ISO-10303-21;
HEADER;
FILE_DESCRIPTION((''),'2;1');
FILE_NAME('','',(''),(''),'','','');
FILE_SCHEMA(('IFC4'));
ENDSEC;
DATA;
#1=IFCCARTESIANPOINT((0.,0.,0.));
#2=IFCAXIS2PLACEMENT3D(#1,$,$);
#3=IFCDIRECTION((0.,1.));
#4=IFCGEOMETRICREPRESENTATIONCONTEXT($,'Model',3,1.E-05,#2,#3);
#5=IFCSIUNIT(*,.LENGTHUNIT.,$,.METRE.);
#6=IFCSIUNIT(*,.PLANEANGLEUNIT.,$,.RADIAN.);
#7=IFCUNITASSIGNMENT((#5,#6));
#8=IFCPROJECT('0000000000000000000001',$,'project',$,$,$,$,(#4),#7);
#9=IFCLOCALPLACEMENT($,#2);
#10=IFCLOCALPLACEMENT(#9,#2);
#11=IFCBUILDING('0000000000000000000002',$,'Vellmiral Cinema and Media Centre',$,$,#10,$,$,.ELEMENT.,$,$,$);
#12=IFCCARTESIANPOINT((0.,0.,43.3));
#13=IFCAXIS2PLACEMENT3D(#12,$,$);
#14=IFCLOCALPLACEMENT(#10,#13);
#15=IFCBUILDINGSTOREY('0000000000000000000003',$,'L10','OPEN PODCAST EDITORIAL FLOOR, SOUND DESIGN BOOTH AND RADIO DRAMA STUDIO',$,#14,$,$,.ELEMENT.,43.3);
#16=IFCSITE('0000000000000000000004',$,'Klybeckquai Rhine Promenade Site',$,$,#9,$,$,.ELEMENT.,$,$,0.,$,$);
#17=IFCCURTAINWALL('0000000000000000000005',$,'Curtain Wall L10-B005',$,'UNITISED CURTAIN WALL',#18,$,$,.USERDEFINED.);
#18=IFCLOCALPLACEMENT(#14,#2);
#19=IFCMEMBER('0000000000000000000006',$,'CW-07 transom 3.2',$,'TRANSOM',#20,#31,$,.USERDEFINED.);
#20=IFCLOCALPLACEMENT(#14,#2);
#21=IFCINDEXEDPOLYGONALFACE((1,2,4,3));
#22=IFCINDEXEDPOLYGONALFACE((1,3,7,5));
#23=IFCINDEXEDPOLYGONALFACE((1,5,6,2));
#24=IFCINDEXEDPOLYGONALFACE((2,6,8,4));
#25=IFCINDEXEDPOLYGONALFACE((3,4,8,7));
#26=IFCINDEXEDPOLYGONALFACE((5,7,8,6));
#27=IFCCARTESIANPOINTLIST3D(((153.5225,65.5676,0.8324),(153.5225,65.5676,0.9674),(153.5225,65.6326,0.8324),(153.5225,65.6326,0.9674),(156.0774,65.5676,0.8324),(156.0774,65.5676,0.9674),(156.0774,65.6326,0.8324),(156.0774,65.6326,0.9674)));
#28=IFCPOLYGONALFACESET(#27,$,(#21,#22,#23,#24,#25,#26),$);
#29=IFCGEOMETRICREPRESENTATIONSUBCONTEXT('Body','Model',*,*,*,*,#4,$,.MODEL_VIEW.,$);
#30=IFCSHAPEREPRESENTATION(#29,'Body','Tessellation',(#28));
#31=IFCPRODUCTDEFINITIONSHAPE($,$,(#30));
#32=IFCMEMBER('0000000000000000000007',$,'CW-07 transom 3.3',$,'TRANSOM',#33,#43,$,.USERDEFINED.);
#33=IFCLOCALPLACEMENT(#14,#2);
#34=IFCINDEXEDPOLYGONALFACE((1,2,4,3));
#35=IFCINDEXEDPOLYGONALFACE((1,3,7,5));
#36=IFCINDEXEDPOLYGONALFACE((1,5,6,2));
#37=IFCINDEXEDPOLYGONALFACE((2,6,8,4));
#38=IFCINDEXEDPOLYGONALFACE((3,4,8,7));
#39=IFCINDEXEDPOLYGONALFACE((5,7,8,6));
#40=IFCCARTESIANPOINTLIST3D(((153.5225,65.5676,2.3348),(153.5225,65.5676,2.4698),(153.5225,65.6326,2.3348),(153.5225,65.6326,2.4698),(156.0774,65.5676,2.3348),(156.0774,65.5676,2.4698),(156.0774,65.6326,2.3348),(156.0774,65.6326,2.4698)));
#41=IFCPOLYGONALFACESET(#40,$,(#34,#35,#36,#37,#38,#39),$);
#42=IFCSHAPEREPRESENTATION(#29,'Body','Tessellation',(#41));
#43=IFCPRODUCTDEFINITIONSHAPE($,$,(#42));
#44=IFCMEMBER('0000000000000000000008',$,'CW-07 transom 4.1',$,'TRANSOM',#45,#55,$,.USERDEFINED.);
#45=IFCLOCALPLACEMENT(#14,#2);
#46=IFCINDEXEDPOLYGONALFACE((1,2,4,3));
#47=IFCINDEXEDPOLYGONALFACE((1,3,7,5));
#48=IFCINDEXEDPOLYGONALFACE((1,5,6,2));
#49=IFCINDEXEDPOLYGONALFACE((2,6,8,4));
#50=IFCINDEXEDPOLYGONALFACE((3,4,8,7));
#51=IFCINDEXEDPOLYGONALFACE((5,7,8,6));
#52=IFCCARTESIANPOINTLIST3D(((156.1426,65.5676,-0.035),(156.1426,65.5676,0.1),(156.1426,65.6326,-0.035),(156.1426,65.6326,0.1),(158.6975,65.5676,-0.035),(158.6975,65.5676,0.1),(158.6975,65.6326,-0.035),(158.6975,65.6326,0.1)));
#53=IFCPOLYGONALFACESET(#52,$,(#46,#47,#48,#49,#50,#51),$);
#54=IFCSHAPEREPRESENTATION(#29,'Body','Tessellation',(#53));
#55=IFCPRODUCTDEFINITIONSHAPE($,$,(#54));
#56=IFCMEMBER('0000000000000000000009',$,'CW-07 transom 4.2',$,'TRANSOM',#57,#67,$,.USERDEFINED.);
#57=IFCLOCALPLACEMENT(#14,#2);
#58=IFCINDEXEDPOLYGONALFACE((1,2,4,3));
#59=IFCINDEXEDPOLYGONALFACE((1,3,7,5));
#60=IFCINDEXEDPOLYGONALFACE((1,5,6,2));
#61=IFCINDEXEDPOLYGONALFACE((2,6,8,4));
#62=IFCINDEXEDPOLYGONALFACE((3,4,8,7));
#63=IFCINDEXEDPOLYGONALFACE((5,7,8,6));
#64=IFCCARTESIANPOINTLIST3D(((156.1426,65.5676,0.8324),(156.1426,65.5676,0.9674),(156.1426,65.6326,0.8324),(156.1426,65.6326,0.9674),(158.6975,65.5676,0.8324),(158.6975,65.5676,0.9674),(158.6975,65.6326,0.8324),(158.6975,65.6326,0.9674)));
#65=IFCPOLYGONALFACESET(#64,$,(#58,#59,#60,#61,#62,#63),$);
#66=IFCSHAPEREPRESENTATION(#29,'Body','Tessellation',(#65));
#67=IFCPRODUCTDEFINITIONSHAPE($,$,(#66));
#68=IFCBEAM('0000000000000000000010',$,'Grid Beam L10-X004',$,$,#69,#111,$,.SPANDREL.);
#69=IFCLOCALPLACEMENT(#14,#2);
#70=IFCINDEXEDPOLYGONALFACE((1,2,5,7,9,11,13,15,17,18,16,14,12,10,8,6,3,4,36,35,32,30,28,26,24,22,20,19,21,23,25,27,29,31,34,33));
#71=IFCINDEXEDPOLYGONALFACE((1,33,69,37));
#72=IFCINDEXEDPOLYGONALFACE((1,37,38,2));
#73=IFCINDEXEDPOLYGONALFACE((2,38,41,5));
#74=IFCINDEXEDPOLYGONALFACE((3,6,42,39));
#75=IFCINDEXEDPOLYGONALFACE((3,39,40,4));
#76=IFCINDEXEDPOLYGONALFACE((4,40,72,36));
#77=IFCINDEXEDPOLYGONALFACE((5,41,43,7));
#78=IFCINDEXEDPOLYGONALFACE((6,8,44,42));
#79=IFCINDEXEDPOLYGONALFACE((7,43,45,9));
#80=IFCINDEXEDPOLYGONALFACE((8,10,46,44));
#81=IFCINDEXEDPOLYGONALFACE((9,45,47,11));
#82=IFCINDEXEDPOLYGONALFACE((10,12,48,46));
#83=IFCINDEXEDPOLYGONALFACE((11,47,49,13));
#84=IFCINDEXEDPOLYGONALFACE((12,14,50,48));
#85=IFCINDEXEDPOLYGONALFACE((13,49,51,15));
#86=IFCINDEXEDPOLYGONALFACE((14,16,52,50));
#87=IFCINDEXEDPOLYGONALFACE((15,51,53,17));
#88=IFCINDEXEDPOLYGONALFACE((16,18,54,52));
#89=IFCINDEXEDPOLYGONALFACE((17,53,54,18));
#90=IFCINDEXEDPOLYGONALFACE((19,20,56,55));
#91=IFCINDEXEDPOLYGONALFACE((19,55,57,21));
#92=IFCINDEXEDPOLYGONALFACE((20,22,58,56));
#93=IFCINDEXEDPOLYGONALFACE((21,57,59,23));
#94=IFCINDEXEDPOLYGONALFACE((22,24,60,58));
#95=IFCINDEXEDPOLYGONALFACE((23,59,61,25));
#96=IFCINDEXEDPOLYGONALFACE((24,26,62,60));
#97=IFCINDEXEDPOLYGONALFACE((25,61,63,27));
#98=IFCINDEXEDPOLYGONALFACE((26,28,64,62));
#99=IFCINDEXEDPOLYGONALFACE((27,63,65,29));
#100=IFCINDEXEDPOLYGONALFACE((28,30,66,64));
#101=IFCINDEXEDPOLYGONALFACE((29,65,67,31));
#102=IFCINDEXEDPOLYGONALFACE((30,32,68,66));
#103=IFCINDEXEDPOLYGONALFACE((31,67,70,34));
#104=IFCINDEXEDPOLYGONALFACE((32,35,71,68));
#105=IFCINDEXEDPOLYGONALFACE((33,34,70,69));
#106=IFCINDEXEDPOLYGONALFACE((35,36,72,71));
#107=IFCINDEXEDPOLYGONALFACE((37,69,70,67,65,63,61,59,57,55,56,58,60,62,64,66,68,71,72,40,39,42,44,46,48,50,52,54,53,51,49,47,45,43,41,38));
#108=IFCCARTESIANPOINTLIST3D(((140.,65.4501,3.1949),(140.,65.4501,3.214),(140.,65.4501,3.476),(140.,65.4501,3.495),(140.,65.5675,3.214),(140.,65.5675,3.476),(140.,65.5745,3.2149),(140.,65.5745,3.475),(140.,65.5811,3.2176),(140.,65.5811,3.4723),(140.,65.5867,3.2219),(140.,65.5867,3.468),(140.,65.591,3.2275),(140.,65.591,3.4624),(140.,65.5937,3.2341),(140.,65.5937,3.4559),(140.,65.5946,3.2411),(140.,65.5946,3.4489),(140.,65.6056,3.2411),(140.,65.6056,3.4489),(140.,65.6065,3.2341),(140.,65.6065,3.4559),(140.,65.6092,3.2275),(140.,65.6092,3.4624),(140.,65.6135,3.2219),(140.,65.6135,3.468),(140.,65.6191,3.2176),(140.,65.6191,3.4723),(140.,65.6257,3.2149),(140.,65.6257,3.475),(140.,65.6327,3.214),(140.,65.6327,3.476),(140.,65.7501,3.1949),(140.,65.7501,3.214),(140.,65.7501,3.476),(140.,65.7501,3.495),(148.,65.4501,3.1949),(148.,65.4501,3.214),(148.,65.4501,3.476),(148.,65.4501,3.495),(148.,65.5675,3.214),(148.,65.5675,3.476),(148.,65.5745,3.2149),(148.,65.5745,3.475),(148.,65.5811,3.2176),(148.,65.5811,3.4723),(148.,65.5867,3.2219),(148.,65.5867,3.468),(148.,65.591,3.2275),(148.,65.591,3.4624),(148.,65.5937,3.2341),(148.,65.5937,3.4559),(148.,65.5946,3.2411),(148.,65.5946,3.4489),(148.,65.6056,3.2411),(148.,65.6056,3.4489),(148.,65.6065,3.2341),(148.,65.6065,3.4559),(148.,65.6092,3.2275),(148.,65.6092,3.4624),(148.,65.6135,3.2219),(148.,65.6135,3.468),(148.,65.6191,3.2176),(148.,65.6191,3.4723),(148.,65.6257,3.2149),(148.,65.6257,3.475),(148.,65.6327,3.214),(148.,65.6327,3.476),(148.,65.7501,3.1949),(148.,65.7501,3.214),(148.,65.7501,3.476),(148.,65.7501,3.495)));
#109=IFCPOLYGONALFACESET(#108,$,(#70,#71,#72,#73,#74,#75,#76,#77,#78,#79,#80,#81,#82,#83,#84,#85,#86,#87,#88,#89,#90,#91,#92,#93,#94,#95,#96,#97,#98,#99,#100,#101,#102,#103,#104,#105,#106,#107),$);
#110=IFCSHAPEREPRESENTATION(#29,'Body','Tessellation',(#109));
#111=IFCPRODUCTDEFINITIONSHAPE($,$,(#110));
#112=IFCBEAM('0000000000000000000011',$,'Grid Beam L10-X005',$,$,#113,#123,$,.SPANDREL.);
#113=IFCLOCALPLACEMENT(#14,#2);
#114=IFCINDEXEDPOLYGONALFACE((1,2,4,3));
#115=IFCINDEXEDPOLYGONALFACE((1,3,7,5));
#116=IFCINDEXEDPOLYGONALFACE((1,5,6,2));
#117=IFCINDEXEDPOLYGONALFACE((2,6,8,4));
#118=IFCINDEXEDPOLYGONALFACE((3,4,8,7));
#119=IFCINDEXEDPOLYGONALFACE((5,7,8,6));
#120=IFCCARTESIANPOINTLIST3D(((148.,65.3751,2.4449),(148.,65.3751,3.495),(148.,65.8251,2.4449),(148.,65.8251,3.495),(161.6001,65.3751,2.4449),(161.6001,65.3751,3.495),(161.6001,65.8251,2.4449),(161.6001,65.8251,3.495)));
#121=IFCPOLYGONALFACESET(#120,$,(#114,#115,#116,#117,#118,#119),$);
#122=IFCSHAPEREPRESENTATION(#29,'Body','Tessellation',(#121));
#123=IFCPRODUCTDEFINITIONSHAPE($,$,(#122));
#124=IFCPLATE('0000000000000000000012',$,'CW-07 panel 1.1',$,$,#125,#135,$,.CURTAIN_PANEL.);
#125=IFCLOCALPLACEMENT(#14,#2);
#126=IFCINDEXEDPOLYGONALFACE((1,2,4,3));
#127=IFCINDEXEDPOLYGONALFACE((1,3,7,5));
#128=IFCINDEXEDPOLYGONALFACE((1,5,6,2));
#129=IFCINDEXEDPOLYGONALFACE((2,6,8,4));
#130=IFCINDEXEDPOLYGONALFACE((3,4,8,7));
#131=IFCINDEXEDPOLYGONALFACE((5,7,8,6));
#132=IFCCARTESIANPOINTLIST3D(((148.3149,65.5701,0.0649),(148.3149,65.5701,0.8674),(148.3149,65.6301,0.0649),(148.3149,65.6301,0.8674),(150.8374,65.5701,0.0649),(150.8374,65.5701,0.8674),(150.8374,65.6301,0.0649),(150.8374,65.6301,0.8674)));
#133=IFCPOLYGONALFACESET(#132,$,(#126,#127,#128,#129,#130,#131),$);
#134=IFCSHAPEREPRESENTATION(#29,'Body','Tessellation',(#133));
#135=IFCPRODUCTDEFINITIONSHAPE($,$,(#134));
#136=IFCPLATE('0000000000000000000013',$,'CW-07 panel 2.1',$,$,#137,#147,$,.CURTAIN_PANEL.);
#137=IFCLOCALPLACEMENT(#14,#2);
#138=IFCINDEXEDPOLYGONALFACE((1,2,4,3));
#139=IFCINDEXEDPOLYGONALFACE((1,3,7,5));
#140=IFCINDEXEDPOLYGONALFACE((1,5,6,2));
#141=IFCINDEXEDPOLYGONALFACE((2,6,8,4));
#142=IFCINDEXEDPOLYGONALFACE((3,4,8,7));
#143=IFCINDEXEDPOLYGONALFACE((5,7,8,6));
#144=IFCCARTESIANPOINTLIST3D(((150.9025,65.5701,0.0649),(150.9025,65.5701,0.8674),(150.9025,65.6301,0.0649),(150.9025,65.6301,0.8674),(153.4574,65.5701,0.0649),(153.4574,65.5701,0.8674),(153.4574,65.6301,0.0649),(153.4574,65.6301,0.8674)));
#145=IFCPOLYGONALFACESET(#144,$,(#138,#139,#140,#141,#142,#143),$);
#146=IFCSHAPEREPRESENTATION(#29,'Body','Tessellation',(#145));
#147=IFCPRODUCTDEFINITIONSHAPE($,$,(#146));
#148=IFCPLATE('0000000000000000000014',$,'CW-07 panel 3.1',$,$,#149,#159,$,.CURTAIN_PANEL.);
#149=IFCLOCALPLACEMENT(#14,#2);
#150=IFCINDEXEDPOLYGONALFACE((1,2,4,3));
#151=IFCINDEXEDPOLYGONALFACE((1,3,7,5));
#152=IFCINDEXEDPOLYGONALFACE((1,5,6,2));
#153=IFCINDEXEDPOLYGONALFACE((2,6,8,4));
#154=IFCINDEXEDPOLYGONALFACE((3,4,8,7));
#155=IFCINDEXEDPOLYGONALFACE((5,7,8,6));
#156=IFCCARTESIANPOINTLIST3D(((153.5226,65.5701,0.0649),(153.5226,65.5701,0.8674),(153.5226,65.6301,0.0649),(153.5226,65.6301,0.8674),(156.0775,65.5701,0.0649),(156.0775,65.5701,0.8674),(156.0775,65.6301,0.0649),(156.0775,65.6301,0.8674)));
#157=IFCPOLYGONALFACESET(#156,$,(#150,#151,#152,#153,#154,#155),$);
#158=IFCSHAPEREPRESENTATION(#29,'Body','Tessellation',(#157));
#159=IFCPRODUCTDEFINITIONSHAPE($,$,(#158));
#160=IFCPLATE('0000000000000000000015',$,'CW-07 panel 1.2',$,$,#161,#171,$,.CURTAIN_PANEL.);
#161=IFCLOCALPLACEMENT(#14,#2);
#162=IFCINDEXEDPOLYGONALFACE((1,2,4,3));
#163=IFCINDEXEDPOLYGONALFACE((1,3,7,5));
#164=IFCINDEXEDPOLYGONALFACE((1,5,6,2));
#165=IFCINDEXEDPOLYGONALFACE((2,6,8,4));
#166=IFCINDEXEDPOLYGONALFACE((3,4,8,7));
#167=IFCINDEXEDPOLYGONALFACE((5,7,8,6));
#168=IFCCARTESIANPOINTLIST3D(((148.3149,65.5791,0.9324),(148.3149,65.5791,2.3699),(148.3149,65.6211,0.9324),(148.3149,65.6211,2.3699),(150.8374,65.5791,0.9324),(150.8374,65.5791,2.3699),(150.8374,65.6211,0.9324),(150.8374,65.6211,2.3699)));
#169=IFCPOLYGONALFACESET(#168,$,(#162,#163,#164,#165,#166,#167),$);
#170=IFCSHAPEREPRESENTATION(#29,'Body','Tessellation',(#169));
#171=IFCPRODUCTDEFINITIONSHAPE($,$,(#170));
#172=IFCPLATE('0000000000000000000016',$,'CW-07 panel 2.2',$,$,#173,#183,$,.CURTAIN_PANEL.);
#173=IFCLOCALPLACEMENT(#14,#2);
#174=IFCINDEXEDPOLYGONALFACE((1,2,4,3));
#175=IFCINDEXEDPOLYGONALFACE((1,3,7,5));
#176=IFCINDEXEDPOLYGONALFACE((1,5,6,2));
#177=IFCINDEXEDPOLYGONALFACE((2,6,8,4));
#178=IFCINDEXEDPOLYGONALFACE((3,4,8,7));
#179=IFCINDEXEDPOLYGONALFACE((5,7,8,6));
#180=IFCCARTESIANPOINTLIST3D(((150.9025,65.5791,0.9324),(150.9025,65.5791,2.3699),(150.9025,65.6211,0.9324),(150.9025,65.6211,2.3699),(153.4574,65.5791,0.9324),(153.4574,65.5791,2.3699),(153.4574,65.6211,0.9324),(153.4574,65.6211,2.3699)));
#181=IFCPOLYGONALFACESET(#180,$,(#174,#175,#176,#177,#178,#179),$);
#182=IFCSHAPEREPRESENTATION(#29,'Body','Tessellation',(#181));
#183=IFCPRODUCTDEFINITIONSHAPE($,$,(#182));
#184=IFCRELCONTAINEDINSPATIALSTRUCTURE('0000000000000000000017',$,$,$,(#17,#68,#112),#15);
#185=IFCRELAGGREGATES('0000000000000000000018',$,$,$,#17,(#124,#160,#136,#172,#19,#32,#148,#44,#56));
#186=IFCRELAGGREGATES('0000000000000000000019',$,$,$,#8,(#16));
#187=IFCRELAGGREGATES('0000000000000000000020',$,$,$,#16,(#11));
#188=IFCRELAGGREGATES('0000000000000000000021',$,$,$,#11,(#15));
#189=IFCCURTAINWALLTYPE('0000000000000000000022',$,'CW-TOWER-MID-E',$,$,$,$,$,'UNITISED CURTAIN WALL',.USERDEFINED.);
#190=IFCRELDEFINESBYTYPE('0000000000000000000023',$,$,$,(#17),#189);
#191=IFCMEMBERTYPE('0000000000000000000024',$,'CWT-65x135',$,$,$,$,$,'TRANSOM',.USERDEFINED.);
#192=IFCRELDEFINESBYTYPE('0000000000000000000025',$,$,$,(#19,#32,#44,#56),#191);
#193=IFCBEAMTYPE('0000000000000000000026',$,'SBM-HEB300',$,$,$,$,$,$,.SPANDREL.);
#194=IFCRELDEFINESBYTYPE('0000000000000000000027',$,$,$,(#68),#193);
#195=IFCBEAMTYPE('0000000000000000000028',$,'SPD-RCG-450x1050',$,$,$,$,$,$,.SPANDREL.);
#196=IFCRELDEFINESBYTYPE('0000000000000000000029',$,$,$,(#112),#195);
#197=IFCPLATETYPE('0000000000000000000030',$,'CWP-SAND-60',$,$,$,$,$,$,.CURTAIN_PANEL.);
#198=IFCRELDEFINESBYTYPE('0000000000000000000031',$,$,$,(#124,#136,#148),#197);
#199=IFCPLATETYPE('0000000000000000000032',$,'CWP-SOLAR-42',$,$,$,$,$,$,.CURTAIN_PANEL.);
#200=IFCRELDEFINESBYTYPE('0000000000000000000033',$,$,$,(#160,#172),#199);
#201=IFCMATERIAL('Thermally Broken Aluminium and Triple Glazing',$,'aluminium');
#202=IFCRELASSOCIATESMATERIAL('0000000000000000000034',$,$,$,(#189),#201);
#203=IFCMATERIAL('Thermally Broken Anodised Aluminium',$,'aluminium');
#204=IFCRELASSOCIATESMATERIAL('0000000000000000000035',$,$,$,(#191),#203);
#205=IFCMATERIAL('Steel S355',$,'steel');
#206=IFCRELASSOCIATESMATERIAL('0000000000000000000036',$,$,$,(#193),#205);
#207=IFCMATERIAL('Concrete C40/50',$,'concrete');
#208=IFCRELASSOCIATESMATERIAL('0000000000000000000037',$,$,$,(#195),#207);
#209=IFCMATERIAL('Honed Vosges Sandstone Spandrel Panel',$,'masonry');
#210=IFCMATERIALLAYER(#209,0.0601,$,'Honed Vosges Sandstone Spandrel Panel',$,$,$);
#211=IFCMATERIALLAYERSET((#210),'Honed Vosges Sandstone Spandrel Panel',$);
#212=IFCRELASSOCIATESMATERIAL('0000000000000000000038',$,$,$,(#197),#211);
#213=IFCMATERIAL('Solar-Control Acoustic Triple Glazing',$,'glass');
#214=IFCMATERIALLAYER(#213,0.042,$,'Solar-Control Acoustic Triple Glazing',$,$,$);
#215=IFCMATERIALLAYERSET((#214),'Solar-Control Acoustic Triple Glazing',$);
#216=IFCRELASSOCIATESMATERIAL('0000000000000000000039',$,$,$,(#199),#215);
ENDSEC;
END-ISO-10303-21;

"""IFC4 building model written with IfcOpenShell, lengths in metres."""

from ifc_helpers import new_model, si_unit, direction, frame, origin, origin_2d, place, context, subcontext, project, spatial, rectangle, i_section, extrude, material, layer, layer_set, material_profile, profile_set, type_object, element, aggregate, save


model = new_model("IFC4")

# Units and contexts
model_context = context("Model", 3, precision=1e-05, world=origin(), true_north=direction((0.0, 1.0)))
body_context = subcontext(model_context, "Body", "Model", "MODEL_VIEW")
ifc_project = project(units=[si_unit("LENGTHUNIT", "METRE"), si_unit("PLANEANGLEUNIT", "RADIAN")], contexts=[model_context])

# Site, building, storey
site_placement = place(None, origin())
site = spatial("IfcSite", under=ifc_project, at=site_placement, Name="Klybeckquai Rhine Promenade Site", CompositionType="ELEMENT", RefElevation=0.0)
building_placement = place(site_placement, origin())
building = spatial("IfcBuilding", under=site, at=building_placement, Name="Vellmiral Cinema and Media Centre", CompositionType="ELEMENT")
storey_placement = place(building_placement, frame((0.0, 0.0, 43.3)))
storey = spatial("IfcBuildingStorey", under=building, at=storey_placement, Name="L10", Description="OPEN PODCAST EDITORIAL FLOOR, SOUND DESIGN BOOTH AND RADIO DRAMA STUDIO", CompositionType="ELEMENT", Elevation=43.3)

# Curtain wall, members
ifc_material_1 = material(Name="Thermally Broken Aluminium and Triple Glazing", Category="aluminium")
curtain_wall_type = type_object("IfcCurtainWallType", Name="CW-TOWER-MID-E", ElementType="UNITISED CURTAIN WALL", PredefinedType="USERDEFINED", material=ifc_material_1)
curtain_wall_placement = place(storey_placement, origin())
curtain_wall = element("IfcCurtainWall", 1, at=curtain_wall_placement, inside=storey, type_object=curtain_wall_type, Name="Curtain Wall L10-B005", ObjectType="UNITISED CURTAIN WALL", PredefinedType="USERDEFINED")
ifc_material_2 = material(Name="Thermally Broken Anodised Aluminium", Category="aluminium")
ifc_material_profile_1 = material_profile(ifc_material_2, rectangle(XDim=0.0649, YDim=0.135, at=origin_2d()), Name="MULL 65x135")
ifc_profile_set_1 = profile_set([ifc_material_profile_1], Name="Thermally Broken Anodised Aluminium")
member_type_1 = type_object("IfcMemberType", Name="CWT-65x135", ElementType="TRANSOM", PredefinedType="USERDEFINED", material=ifc_profile_set_1)
member_1_placement = place(storey_placement, frame((153.5225, 65.6001, 0.8999), z_axis=(1.0, 0.0, 0.0), x_axis=(0.0, 1.0, 0.0)))
member_1 = element("IfcMember", 2, at=member_1_placement, type_object=member_type_1, Name="CW-07 transom 3.2", ObjectType="TRANSOM", PredefinedType="USERDEFINED", context=body_context, shape_type="SweptSolid", body=[
    extrude(rectangle(XDim=0.0649, YDim=0.135, at=origin_2d()), origin(), (0.0, 0.0, 1.0), 2.5549),
])
member_2_placement = place(storey_placement, frame((153.5225, 65.6001, 2.4023), z_axis=(1.0, 0.0, 0.0), x_axis=(0.0, 1.0, 0.0)))
member_2 = element("IfcMember", 3, at=member_2_placement, type_object=member_type_1, Name="CW-07 transom 3.3", ObjectType="TRANSOM", PredefinedType="USERDEFINED", context=body_context, shape_type="SweptSolid", body=[
    extrude(rectangle(XDim=0.0649, YDim=0.135, at=origin_2d()), origin(), (0.0, 0.0, 1.0), 2.5549),
])
member_3_placement = place(storey_placement, frame((156.1426, 65.6001, 0.0325), z_axis=(1.0, 0.0, 0.0), x_axis=(0.0, 1.0, 0.0)))
member_3 = element("IfcMember", 4, at=member_3_placement, type_object=member_type_1, Name="CW-07 transom 4.1", ObjectType="TRANSOM", PredefinedType="USERDEFINED", context=body_context, shape_type="SweptSolid", body=[
    extrude(rectangle(XDim=0.0649, YDim=0.135, at=origin_2d()), origin(), (0.0, 0.0, 1.0), 2.5549),
])
member_4_placement = place(storey_placement, frame((156.1426, 65.6001, 0.8999), z_axis=(1.0, 0.0, 0.0), x_axis=(0.0, 1.0, 0.0)))
member_4 = element("IfcMember", 5, at=member_4_placement, type_object=member_type_1, Name="CW-07 transom 4.2", ObjectType="TRANSOM", PredefinedType="USERDEFINED", context=body_context, shape_type="SweptSolid", body=[
    extrude(rectangle(XDim=0.0649, YDim=0.135, at=origin_2d()), origin(), (0.0, 0.0, 1.0), 2.5549),
])

# Beams
ifc_material_3 = material(Name="Steel S355", Category="steel")
ifc_material_profile_2 = material_profile(ifc_material_3, i_section(OverallWidth=0.3, OverallDepth=0.3, WebThickness=0.011, FlangeThickness=0.019, FilletRadius=0.0271, at=origin_2d()), Name="HEB 300")
ifc_profile_set_2 = profile_set([ifc_material_profile_2], Name="Steel S355")
beam_type_1 = type_object("IfcBeamType", Name="SBM-HEB300", PredefinedType="SPANDREL", material=ifc_profile_set_2)
beam_1_placement = place(storey_placement, frame((140.0, 65.6001, 3.345), z_axis=(1.0, 0.0, 0.0), x_axis=(0.0, 1.0, 0.0)))
element("IfcBeam", 6, at=beam_1_placement, inside=storey, type_object=beam_type_1, Name="Grid Beam L10-X004", PredefinedType="SPANDREL", context=body_context, shape_type="SweptSolid", body=[
    extrude(i_section(OverallWidth=0.3, OverallDepth=0.3, WebThickness=0.011, FlangeThickness=0.019, FilletRadius=0.0271, at=origin_2d()), origin(), (0.0, 0.0, 1.0), 8.0),
])
ifc_material_4 = material(Name="Concrete C40/50", Category="concrete")
ifc_material_profile_3 = material_profile(ifc_material_4, rectangle(XDim=0.45, YDim=1.05, at=origin_2d()), Name="RC 450x1050")
ifc_profile_set_3 = profile_set([ifc_material_profile_3], Name="Concrete C40/50")
beam_type_2 = type_object("IfcBeamType", Name="SPD-RCG-450x1050", PredefinedType="SPANDREL", material=ifc_profile_set_3)
beam_2_placement = place(storey_placement, frame((148.0, 65.6001, 2.97), z_axis=(1.0, 0.0, 0.0), x_axis=(0.0, 1.0, 0.0)))
element("IfcBeam", 7, at=beam_2_placement, inside=storey, type_object=beam_type_2, Name="Grid Beam L10-X005", PredefinedType="SPANDREL", context=body_context, shape_type="SweptSolid", body=[
    extrude(rectangle(XDim=0.45, YDim=1.05, at=origin_2d()), origin(), (0.0, 0.0, 1.0), 13.6001),
])

# Plates
ifc_material_5 = material(Name="Honed Vosges Sandstone Spandrel Panel", Category="masonry")
ifc_layer_1 = layer(ifc_material_5, 0.0601, Name="Honed Vosges Sandstone Spandrel Panel")
ifc_layer_set_1 = layer_set([ifc_layer_1], Name="Honed Vosges Sandstone Spandrel Panel")
plate_type_1 = type_object("IfcPlateType", Name="CWP-SAND-60", PredefinedType="CURTAIN_PANEL", material=ifc_layer_set_1)
plate_1_placement = place(storey_placement, frame((149.5762, 65.6001, 0.0649), z_axis=(0.0, 0.0, 1.0), x_axis=(1.0, 0.0, 0.0)))
plate_1 = element("IfcPlate", 8, at=plate_1_placement, type_object=plate_type_1, Name="CW-07 panel 1.1", PredefinedType="CURTAIN_PANEL", context=body_context, shape_type="SweptSolid", body=[
    extrude(rectangle(XDim=2.5225, YDim=0.0601, at=origin_2d()), origin(), (0.0, 0.0, 1.0), 0.8025),
])
plate_2_placement = place(storey_placement, frame((152.1799, 65.6001, 0.0649), z_axis=(0.0, 0.0, 1.0), x_axis=(1.0, 0.0, 0.0)))
plate_2 = element("IfcPlate", 9, at=plate_2_placement, type_object=plate_type_1, Name="CW-07 panel 2.1", PredefinedType="CURTAIN_PANEL", context=body_context, shape_type="SweptSolid", body=[
    extrude(rectangle(XDim=2.5549, YDim=0.0601, at=origin_2d()), origin(), (0.0, 0.0, 1.0), 0.8025),
])
plate_3_placement = place(storey_placement, frame((154.8, 65.6001, 0.0649), z_axis=(0.0, 0.0, 1.0), x_axis=(1.0, 0.0, 0.0)))
plate_3 = element("IfcPlate", 10, at=plate_3_placement, type_object=plate_type_1, Name="CW-07 panel 3.1", PredefinedType="CURTAIN_PANEL", context=body_context, shape_type="SweptSolid", body=[
    extrude(rectangle(XDim=2.5549, YDim=0.0601, at=origin_2d()), origin(), (0.0, 0.0, 1.0), 0.8025),
])
ifc_material_6 = material(Name="Solar-Control Acoustic Triple Glazing", Category="glass")
ifc_layer_2 = layer(ifc_material_6, 0.042, Name="Solar-Control Acoustic Triple Glazing")
ifc_layer_set_2 = layer_set([ifc_layer_2], Name="Solar-Control Acoustic Triple Glazing")
plate_type_2 = type_object("IfcPlateType", Name="CWP-SOLAR-42", PredefinedType="CURTAIN_PANEL", material=ifc_layer_set_2)
plate_4_placement = place(storey_placement, frame((149.5762, 65.6001, 0.9324), z_axis=(0.0, 0.0, 1.0), x_axis=(1.0, 0.0, 0.0)))
plate_4 = element("IfcPlate", 11, at=plate_4_placement, type_object=plate_type_2, Name="CW-07 panel 1.2", PredefinedType="CURTAIN_PANEL", context=body_context, shape_type="SweptSolid", body=[
    extrude(rectangle(XDim=2.5225, YDim=0.042, at=origin_2d()), origin(), (0.0, 0.0, 1.0), 1.4375),
])
plate_5_placement = place(storey_placement, frame((152.1799, 65.6001, 0.9324), z_axis=(0.0, 0.0, 1.0), x_axis=(1.0, 0.0, 0.0)))
plate_5 = element("IfcPlate", 12, at=plate_5_placement, type_object=plate_type_2, Name="CW-07 panel 2.2", PredefinedType="CURTAIN_PANEL", context=body_context, shape_type="SweptSolid", body=[
    extrude(rectangle(XDim=2.5549, YDim=0.042, at=origin_2d()), origin(), (0.0, 0.0, 1.0), 1.4375),
])
aggregate(curtain_wall, [plate_1, plate_4, plate_2, plate_5, member_1, member_2, plate_3, member_3, member_4])

save(model, "model.ifc")
